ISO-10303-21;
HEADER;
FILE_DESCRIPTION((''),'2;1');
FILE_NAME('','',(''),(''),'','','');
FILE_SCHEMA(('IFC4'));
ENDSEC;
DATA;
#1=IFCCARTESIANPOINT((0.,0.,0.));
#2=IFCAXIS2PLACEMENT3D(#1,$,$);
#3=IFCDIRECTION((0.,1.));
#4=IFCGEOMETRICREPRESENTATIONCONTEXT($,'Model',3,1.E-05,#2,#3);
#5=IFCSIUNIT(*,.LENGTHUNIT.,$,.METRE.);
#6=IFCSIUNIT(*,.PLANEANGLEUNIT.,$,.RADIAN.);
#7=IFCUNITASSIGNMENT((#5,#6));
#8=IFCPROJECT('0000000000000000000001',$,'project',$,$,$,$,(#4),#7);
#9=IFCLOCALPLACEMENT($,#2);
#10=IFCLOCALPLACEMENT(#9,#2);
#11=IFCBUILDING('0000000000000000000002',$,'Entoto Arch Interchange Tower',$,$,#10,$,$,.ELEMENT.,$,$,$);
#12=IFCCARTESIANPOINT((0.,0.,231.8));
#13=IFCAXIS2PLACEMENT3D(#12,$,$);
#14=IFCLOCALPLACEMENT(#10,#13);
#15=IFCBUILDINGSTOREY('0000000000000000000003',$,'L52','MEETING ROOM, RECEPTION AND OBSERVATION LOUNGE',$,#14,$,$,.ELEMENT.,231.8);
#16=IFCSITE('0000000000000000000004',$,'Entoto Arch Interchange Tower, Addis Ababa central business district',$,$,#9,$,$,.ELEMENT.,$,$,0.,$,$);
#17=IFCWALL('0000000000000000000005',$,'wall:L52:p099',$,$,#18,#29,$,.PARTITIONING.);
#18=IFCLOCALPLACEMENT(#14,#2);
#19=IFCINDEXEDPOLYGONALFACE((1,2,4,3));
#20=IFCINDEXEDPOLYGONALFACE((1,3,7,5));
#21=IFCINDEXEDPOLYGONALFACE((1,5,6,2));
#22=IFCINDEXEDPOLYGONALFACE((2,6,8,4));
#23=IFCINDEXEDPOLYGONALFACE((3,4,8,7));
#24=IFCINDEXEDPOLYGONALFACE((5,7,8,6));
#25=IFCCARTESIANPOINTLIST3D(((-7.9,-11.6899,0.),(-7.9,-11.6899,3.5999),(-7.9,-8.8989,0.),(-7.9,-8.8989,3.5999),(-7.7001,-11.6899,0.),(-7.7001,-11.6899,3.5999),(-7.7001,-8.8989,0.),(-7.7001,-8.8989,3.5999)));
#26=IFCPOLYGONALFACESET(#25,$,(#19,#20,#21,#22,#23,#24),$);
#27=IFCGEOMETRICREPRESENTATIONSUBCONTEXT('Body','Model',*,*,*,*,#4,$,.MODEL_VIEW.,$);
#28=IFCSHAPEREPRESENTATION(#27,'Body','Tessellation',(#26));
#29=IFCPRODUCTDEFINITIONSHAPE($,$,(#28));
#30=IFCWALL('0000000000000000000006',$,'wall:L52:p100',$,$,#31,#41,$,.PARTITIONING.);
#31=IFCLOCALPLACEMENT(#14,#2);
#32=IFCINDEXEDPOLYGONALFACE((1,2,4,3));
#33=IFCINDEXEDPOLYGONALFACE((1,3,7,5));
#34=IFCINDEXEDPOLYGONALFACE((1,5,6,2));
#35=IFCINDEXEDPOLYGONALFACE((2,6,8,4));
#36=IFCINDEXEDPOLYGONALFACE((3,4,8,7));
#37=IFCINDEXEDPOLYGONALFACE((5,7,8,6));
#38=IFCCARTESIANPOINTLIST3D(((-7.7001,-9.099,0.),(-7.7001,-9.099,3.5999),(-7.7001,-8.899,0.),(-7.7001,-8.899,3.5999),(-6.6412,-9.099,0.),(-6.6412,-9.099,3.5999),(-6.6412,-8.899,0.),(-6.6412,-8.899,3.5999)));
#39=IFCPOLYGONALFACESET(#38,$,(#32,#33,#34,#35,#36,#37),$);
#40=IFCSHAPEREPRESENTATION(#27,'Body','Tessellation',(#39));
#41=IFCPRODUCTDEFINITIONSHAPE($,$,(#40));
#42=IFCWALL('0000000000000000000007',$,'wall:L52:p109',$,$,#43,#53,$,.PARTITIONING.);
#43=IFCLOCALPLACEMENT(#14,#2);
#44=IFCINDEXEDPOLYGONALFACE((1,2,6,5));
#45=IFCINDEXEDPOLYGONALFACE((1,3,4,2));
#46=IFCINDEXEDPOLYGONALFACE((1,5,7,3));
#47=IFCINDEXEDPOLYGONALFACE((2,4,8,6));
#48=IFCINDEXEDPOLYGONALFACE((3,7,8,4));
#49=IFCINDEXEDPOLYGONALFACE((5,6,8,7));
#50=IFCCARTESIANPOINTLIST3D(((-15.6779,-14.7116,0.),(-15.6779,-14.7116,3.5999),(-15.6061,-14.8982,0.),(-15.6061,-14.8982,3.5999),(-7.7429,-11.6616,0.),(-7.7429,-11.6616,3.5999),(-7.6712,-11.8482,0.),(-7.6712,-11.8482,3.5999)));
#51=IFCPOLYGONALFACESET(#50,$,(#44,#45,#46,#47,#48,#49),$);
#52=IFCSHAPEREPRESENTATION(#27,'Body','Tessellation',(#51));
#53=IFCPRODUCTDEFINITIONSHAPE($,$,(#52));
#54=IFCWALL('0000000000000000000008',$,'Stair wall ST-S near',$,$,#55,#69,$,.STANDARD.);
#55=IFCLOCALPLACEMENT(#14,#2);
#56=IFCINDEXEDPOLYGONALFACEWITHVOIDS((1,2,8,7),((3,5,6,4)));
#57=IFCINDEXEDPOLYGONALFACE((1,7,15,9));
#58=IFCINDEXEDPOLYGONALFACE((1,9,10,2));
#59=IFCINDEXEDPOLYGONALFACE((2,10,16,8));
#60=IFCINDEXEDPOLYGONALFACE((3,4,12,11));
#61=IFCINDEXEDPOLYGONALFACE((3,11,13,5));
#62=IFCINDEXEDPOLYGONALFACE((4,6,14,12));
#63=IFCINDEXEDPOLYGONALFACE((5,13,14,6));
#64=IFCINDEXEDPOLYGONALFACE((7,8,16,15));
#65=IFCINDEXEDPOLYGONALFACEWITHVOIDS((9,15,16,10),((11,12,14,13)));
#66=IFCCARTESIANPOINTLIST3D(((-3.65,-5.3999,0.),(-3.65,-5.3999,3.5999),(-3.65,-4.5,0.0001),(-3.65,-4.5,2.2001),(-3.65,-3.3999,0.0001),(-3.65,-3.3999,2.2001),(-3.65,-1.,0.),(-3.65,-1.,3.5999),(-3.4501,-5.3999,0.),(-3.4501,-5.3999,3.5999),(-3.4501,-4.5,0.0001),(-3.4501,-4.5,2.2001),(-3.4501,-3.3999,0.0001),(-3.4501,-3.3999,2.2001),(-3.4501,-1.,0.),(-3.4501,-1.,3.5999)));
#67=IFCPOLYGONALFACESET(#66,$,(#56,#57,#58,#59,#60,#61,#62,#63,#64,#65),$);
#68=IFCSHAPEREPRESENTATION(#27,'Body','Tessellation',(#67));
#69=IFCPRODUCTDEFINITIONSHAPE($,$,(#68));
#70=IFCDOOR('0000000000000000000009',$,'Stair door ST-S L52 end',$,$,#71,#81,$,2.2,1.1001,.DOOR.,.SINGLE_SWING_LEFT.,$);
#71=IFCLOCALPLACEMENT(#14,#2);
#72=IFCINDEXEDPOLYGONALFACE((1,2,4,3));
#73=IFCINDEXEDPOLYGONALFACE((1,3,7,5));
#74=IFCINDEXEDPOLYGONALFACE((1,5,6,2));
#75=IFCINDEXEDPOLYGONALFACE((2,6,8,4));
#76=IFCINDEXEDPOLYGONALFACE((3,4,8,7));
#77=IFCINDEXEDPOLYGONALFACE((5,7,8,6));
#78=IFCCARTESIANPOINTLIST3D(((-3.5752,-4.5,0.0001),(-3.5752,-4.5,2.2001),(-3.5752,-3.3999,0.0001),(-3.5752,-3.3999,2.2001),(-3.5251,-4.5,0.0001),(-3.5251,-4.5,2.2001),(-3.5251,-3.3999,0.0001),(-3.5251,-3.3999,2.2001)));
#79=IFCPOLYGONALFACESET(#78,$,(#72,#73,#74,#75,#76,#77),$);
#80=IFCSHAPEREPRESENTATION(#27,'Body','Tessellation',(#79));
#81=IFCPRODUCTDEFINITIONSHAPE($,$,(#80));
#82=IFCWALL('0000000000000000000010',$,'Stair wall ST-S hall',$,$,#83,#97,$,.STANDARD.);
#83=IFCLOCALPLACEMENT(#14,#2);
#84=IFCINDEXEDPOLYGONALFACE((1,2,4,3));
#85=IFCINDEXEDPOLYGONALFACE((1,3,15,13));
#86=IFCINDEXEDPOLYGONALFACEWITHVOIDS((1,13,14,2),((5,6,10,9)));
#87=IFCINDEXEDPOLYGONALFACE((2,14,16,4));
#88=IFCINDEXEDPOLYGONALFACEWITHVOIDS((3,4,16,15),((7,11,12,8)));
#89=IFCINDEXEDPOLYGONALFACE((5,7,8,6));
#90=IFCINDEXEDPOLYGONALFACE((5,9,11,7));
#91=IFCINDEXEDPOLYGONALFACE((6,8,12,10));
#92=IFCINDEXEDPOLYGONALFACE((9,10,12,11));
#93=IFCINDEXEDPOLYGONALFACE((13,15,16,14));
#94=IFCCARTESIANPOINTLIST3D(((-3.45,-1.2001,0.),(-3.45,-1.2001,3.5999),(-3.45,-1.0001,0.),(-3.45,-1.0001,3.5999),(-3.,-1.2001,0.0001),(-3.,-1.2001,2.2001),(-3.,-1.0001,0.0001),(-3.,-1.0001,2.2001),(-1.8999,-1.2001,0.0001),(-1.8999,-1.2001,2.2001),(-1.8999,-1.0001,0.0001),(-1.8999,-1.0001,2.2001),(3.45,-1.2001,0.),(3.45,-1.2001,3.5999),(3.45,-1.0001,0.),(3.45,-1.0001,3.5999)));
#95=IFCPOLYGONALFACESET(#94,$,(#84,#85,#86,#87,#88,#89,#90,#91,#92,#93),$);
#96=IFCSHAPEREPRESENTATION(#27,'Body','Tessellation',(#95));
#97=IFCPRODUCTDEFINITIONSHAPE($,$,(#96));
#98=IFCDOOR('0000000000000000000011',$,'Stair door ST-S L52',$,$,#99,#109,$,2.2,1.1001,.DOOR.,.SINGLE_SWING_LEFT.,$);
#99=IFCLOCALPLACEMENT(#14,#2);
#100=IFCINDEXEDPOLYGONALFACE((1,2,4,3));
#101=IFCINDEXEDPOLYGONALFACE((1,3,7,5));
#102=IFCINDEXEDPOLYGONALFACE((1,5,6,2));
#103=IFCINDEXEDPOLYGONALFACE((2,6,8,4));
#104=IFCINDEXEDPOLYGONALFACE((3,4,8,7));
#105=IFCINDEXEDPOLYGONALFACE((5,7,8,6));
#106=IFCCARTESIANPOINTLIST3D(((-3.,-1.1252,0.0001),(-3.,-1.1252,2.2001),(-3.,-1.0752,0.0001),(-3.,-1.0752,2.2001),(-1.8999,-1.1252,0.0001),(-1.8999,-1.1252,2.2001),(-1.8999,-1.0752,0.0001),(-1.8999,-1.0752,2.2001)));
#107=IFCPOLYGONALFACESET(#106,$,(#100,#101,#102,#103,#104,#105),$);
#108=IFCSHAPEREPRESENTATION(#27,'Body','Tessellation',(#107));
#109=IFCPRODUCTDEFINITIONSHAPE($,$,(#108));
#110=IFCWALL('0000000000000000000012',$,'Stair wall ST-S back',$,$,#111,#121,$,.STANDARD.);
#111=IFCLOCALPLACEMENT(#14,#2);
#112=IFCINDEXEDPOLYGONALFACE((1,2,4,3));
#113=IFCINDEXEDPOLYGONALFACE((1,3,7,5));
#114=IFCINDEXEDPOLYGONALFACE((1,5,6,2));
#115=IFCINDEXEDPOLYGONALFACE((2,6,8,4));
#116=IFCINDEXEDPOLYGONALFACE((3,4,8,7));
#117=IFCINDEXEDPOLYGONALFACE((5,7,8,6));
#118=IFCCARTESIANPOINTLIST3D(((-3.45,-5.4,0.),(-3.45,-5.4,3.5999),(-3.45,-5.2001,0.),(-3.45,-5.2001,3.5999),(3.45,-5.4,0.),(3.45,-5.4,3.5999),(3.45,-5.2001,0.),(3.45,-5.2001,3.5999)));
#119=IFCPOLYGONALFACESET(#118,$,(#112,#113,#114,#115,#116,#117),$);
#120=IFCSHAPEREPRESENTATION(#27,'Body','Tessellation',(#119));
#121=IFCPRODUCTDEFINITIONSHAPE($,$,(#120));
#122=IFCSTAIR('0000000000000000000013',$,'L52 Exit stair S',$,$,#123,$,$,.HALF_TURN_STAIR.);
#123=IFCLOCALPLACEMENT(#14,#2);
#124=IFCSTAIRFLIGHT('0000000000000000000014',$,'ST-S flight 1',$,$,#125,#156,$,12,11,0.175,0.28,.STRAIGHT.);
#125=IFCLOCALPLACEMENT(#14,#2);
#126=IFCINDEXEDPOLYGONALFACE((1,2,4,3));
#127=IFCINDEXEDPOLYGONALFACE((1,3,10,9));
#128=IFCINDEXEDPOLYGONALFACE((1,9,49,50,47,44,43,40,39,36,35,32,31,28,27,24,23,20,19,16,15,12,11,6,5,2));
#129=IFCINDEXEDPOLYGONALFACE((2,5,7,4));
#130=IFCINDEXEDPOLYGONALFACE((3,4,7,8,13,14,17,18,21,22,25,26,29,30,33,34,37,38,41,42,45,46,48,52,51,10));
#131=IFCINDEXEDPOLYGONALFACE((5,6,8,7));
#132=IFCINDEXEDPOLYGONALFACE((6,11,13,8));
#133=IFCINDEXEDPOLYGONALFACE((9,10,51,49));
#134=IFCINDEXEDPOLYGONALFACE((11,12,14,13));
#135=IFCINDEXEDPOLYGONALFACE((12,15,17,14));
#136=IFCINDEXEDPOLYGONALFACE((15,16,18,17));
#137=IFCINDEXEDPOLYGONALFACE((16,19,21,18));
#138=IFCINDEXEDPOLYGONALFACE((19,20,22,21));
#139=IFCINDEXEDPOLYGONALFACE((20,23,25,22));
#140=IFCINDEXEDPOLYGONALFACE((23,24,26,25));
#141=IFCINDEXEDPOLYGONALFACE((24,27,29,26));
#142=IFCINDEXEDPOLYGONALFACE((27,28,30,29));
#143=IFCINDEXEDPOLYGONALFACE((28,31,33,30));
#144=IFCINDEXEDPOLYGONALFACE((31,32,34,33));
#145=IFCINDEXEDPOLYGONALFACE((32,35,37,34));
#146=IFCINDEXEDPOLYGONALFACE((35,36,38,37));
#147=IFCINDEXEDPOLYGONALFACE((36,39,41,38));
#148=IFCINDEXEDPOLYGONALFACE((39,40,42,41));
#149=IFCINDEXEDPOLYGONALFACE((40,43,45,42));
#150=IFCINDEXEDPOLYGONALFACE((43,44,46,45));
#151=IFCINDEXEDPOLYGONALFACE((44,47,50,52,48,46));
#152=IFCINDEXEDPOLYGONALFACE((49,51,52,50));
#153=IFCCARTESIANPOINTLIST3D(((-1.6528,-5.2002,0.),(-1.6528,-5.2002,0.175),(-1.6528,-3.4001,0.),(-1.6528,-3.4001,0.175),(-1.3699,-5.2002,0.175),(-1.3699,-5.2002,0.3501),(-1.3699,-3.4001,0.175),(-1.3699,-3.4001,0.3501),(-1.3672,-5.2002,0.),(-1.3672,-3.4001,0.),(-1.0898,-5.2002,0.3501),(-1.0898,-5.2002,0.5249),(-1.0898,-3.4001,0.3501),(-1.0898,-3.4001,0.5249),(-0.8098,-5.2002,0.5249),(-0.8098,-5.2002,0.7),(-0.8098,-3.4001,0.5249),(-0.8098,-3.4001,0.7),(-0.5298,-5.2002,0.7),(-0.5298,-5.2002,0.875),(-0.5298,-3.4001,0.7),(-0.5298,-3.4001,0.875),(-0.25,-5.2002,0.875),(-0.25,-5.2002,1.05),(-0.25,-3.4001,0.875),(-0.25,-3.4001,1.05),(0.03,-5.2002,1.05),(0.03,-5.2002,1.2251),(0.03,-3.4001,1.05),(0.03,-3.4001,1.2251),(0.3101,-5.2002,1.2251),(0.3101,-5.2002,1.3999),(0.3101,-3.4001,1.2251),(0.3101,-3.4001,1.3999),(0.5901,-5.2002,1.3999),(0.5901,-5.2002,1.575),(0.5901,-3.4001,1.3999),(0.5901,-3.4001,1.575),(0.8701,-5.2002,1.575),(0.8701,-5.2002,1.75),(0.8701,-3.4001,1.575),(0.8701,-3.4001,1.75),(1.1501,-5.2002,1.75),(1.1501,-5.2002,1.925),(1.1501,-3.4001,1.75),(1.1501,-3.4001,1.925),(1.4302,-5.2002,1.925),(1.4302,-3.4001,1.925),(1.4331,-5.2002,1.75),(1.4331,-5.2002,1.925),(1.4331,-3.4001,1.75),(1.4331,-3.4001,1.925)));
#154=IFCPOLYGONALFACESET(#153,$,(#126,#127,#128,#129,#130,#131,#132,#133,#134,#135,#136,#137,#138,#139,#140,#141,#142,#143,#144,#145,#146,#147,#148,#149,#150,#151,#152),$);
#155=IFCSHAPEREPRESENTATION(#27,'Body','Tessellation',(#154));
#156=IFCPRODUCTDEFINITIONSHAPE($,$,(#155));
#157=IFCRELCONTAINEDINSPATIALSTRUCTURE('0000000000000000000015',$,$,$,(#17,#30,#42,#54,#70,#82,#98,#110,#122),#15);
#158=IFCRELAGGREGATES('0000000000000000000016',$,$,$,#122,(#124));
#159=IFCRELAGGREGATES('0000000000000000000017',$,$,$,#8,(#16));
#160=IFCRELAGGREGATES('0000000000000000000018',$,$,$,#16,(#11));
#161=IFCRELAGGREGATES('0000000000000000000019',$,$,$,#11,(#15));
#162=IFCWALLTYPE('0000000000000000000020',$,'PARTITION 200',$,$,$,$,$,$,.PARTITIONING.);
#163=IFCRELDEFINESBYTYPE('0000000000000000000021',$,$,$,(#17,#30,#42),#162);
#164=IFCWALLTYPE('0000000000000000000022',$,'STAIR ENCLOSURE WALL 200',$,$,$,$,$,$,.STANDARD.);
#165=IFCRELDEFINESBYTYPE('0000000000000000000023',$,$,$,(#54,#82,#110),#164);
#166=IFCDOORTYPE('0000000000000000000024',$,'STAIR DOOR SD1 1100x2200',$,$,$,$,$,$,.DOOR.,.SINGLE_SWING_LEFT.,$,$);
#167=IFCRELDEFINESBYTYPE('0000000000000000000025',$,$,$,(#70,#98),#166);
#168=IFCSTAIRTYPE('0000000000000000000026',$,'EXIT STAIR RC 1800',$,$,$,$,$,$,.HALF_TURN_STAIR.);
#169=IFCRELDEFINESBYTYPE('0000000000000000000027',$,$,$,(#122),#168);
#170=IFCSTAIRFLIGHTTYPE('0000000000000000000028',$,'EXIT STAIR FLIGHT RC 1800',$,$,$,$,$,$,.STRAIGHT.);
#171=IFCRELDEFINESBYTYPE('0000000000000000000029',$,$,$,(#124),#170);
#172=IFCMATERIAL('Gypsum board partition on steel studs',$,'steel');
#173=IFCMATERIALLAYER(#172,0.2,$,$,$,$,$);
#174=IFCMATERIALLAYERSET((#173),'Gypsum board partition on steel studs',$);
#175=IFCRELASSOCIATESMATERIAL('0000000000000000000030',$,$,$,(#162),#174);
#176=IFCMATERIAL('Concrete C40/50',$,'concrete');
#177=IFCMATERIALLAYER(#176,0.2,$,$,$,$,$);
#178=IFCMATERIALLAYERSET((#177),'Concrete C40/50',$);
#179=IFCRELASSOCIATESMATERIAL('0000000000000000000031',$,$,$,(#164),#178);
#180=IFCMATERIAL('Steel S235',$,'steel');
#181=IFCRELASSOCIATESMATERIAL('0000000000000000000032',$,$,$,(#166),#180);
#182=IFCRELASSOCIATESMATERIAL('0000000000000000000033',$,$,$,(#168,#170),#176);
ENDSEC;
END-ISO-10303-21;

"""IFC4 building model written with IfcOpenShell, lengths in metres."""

from ifc_helpers import new_model, si_unit, direction, frame, frame_2d, origin, place, context, subcontext, project, spatial, polyline, rectangle, outline, extrude, material, layer, layer_set, type_object, element, fill, aggregate, save


model = new_model("IFC4")

# Units and contexts
model_context = context("Model", 3, precision=1e-05, world=origin(), true_north=direction((0.0, 1.0)))
body_context = subcontext(model_context, "Body", "Model", "MODEL_VIEW")
ifc_project = project(units=[si_unit("LENGTHUNIT", "METRE"), si_unit("PLANEANGLEUNIT", "RADIAN")], contexts=[model_context])

# Site, building, storey
site_placement = place(None, origin())
site = spatial("IfcSite", under=ifc_project, at=site_placement, Name="Entoto Arch Interchange Tower, Addis Ababa central business district", CompositionType="ELEMENT", RefElevation=0.0)
building_placement = place(site_placement, origin())
building = spatial("IfcBuilding", under=site, at=building_placement, Name="Entoto Arch Interchange Tower", CompositionType="ELEMENT")
storey_placement = place(building_placement, frame((0.0, 0.0, 231.8)))
storey = spatial("IfcBuildingStorey", under=building, at=storey_placement, Name="L52", Description="MEETING ROOM, RECEPTION AND OBSERVATION LOUNGE", CompositionType="ELEMENT", Elevation=231.8)

# Shared definitions
ifc_material_1 = material(Name="Concrete C40/50", Category="concrete")

# Walls
ifc_material_2 = material(Name="Gypsum board partition on steel studs", Category="steel")
ifc_layer_1 = layer(ifc_material_2, 0.2)
ifc_layer_set_1 = layer_set([ifc_layer_1], Name="Gypsum board partition on steel studs")
wall_type_1 = type_object("IfcWallType", Name="PARTITION 200", PredefinedType="PARTITIONING", material=ifc_layer_set_1)
wall_1_placement = place(storey_placement, frame((-7.8, -11.6899, 0.0), z_axis=(0.0, 0.0, 1.0), x_axis=(0.0, 1.0, 0.0)))
element("IfcWall", 1, at=wall_1_placement, inside=storey, type_object=wall_type_1, Name="wall:L52:p099", PredefinedType="PARTITIONING", context=body_context, shape_type="SweptSolid", body=[
    extrude(rectangle(XDim=2.791, YDim=0.2, at=frame_2d((1.3955, 0.0))), origin(), (0.0, 0.0, 1.0), 3.5999),
])
wall_2_placement = place(storey_placement, frame((-7.7, -8.999, 0.0), z_axis=(0.0, 0.0, 1.0), x_axis=(1.0, 0.0, 0.0)))
element("IfcWall", 2, at=wall_2_placement, inside=storey, type_object=wall_type_1, Name="wall:L52:p100", PredefinedType="PARTITIONING", context=body_context, shape_type="SweptSolid", body=[
    extrude(rectangle(XDim=1.0588, YDim=0.2, at=frame_2d((0.5293, 0.0))), origin(), (0.0, 0.0, 1.0), 3.5999),
])
wall_3_placement = place(storey_placement, frame((-7.707, -11.7549, 0.0), z_axis=(0.0, 0.0, 1.0), x_axis=(-0.93342, -0.358785, 0.0)))
element("IfcWall", 3, at=wall_3_placement, inside=storey, type_object=wall_type_1, Name="wall:L52:p109", PredefinedType="PARTITIONING", context=body_context, shape_type="SweptSolid", body=[
    extrude(rectangle(XDim=8.501, YDim=0.2, at=frame_2d((4.2505, 0.0))), origin(), (0.0, 0.0, 1.0), 3.5999),
])

# Walls, openings, doors
ifc_layer_2 = layer(ifc_material_1, 0.2)
ifc_layer_set_2 = layer_set([ifc_layer_2], Name="Concrete C40/50")
wall_type_2 = type_object("IfcWallType", Name="STAIR ENCLOSURE WALL 200", PredefinedType="STANDARD", material=ifc_layer_set_2)
wall_4_placement = place(storey_placement, frame((-3.55, -1.0, 0.0), z_axis=(0.0, 0.0, 1.0), x_axis=(0.0, -1.0, 0.0)))
wall_4 = element("IfcWall", 4, at=wall_4_placement, inside=storey, type_object=wall_type_2, Name="Stair wall ST-S near", PredefinedType="STANDARD", context=body_context, shape_type="SweptSolid", body=[
    extrude(rectangle(XDim=4.3999, YDim=0.2, at=frame_2d((2.2, 0.0))), origin(), (0.0, 0.0, 1.0), 3.5999),
])
opening_1_placement = place(wall_4_placement, frame((2.3999, 0.0, 0.0)))
opening_1 = element("IfcOpeningElement", 5, at=opening_1_placement, cuts=wall_4, PredefinedType="OPENING", context=body_context, shape_type="SweptSolid", body=[
    extrude(rectangle(XDim=1.1001, YDim=2.2, at=frame_2d((0.55, 1.1001))), frame((0.0, 0.1099, 0.0), z_axis=(0.0, -1.0, 0.0), x_axis=(1.0, 0.0, 0.0)), (0.0, 0.0, 1.0), 0.22),
])
ifc_material_3 = material(Name="Steel S235", Category="steel")
door_type = type_object("IfcDoorType", Name="STAIR DOOR SD1 1100x2200", OperationType="SINGLE_SWING_LEFT", PredefinedType="DOOR", material=ifc_material_3)
door_1_placement = place(opening_1_placement, origin())
door_1 = element("IfcDoor", 6, at=door_1_placement, inside=storey, type_object=door_type, Name="Stair door ST-S L52 end", OperationType="SINGLE_SWING_LEFT", OverallHeight=2.2, OverallWidth=1.1001, PredefinedType="DOOR", context=body_context, shape_type="SweptSolid", body=[
    extrude(rectangle(XDim=1.1001, YDim=2.2, at=frame_2d((0.55, 1.1001))), frame((0.0, 0.0249, 0.0), z_axis=(0.0, -1.0, 0.0), x_axis=(1.0, 0.0, 0.0)), (0.0, 0.0, 1.0), 0.05),
])
fill(opening_1, door_1)
wall_5_placement = place(storey_placement, frame((-3.45, -1.1001, 0.0), z_axis=(0.0, 0.0, 1.0), x_axis=(1.0, 0.0, 0.0)))
wall_5 = element("IfcWall", 7, at=wall_5_placement, inside=storey, type_object=wall_type_2, Name="Stair wall ST-S hall", PredefinedType="STANDARD", context=body_context, shape_type="SweptSolid", body=[
    extrude(rectangle(XDim=6.8999, YDim=0.2, at=frame_2d((3.45, 0.0))), origin(), (0.0, 0.0, 1.0), 3.5999),
])
opening_2_placement = place(wall_5_placement, frame((0.45, 0.0, 0.0)))
opening_2 = element("IfcOpeningElement", 8, at=opening_2_placement, cuts=wall_5, PredefinedType="OPENING", context=body_context, shape_type="SweptSolid", body=[
    extrude(rectangle(XDim=1.1001, YDim=2.2, at=frame_2d((0.55, 1.1001))), frame((0.0, 0.1099, 0.0), z_axis=(0.0, -1.0, 0.0), x_axis=(1.0, 0.0, 0.0)), (0.0, 0.0, 1.0), 0.22),
])
door_2_placement = place(opening_2_placement, origin())
door_2 = element("IfcDoor", 9, at=door_2_placement, inside=storey, type_object=door_type, Name="Stair door ST-S L52", OperationType="SINGLE_SWING_LEFT", OverallHeight=2.2, OverallWidth=1.1001, PredefinedType="DOOR", context=body_context, shape_type="SweptSolid", body=[
    extrude(rectangle(XDim=1.1001, YDim=2.2, at=frame_2d((0.55, 1.1001))), frame((0.0, 0.0249, 0.0), z_axis=(0.0, -1.0, 0.0), x_axis=(1.0, 0.0, 0.0)), (0.0, 0.0, 1.0), 0.05),
])
fill(opening_2, door_2)

# Wall
wall_6_placement = place(storey_placement, frame((-3.45, -5.3, 0.0), z_axis=(0.0, 0.0, 1.0), x_axis=(1.0, 0.0, 0.0)))
element("IfcWall", 10, at=wall_6_placement, inside=storey, type_object=wall_type_2, Name="Stair wall ST-S back", PredefinedType="STANDARD", context=body_context, shape_type="SweptSolid", body=[
    extrude(rectangle(XDim=6.8999, YDim=0.2, at=frame_2d((3.45, 0.0))), origin(), (0.0, 0.0, 1.0), 3.5999),
])

# Stair, stair flight
stair_type = type_object("IfcStairType", Name="EXIT STAIR RC 1800", PredefinedType="HALF_TURN_STAIR", material=ifc_material_1)
stair_placement = place(storey_placement, origin())
stair = element("IfcStair", 11, at=stair_placement, inside=storey, type_object=stair_type, Name="L52 Exit stair S", PredefinedType="HALF_TURN_STAIR")
stair_flight_type = type_object("IfcStairFlightType", Name="EXIT STAIR FLIGHT RC 1800", PredefinedType="STRAIGHT", material=ifc_material_1)
stair_flight_placement = place(storey_placement, frame((-1.6499, -4.3, 0.0), z_axis=(0.0, 0.0, 1.0), x_axis=(1.0, 0.0, 0.0)))
stair_flight = element("IfcStairFlight", 12, at=stair_flight_placement, type_object=stair_flight_type, Name="ST-S flight 1", NumberOfRisers=12, NumberOfTreads=11, PredefinedType="STRAIGHT", RiserHeight=0.175, TreadLength=0.28, context=body_context, shape_type="SweptSolid", body=[
    extrude(outline(polyline([(-0.0029, 0.0), (-0.0029, 0.175), (0.28, 0.175), (0.28, 0.3501), (0.5601, 0.3501), (0.5601, 0.5249), (0.8401, 0.5249), (0.8401, 0.7), (1.1201, 0.7), (1.1201, 0.875), (1.3999, 0.875), (1.3999, 1.05), (1.6799, 1.05), (1.6799, 1.2251), (1.96, 1.2251), (1.96, 1.3999), (2.24, 1.3999), (2.24, 1.575), (2.52, 1.575), (2.52, 1.75), (2.8, 1.75), (2.8, 1.925), (3.0801, 1.925), (3.083, 1.925), (3.083, 1.75), (0.2827, 0.0), (-0.0029, 0.0)])), frame((0.0, 0.8999, 0.0), z_axis=(0.0, -1.0, 0.0), x_axis=(1.0, 0.0, 0.0)), (0.0, 0.0, 1.0), 1.8),
])
aggregate(stair, [stair_flight])

save(model, "model.ifc")
